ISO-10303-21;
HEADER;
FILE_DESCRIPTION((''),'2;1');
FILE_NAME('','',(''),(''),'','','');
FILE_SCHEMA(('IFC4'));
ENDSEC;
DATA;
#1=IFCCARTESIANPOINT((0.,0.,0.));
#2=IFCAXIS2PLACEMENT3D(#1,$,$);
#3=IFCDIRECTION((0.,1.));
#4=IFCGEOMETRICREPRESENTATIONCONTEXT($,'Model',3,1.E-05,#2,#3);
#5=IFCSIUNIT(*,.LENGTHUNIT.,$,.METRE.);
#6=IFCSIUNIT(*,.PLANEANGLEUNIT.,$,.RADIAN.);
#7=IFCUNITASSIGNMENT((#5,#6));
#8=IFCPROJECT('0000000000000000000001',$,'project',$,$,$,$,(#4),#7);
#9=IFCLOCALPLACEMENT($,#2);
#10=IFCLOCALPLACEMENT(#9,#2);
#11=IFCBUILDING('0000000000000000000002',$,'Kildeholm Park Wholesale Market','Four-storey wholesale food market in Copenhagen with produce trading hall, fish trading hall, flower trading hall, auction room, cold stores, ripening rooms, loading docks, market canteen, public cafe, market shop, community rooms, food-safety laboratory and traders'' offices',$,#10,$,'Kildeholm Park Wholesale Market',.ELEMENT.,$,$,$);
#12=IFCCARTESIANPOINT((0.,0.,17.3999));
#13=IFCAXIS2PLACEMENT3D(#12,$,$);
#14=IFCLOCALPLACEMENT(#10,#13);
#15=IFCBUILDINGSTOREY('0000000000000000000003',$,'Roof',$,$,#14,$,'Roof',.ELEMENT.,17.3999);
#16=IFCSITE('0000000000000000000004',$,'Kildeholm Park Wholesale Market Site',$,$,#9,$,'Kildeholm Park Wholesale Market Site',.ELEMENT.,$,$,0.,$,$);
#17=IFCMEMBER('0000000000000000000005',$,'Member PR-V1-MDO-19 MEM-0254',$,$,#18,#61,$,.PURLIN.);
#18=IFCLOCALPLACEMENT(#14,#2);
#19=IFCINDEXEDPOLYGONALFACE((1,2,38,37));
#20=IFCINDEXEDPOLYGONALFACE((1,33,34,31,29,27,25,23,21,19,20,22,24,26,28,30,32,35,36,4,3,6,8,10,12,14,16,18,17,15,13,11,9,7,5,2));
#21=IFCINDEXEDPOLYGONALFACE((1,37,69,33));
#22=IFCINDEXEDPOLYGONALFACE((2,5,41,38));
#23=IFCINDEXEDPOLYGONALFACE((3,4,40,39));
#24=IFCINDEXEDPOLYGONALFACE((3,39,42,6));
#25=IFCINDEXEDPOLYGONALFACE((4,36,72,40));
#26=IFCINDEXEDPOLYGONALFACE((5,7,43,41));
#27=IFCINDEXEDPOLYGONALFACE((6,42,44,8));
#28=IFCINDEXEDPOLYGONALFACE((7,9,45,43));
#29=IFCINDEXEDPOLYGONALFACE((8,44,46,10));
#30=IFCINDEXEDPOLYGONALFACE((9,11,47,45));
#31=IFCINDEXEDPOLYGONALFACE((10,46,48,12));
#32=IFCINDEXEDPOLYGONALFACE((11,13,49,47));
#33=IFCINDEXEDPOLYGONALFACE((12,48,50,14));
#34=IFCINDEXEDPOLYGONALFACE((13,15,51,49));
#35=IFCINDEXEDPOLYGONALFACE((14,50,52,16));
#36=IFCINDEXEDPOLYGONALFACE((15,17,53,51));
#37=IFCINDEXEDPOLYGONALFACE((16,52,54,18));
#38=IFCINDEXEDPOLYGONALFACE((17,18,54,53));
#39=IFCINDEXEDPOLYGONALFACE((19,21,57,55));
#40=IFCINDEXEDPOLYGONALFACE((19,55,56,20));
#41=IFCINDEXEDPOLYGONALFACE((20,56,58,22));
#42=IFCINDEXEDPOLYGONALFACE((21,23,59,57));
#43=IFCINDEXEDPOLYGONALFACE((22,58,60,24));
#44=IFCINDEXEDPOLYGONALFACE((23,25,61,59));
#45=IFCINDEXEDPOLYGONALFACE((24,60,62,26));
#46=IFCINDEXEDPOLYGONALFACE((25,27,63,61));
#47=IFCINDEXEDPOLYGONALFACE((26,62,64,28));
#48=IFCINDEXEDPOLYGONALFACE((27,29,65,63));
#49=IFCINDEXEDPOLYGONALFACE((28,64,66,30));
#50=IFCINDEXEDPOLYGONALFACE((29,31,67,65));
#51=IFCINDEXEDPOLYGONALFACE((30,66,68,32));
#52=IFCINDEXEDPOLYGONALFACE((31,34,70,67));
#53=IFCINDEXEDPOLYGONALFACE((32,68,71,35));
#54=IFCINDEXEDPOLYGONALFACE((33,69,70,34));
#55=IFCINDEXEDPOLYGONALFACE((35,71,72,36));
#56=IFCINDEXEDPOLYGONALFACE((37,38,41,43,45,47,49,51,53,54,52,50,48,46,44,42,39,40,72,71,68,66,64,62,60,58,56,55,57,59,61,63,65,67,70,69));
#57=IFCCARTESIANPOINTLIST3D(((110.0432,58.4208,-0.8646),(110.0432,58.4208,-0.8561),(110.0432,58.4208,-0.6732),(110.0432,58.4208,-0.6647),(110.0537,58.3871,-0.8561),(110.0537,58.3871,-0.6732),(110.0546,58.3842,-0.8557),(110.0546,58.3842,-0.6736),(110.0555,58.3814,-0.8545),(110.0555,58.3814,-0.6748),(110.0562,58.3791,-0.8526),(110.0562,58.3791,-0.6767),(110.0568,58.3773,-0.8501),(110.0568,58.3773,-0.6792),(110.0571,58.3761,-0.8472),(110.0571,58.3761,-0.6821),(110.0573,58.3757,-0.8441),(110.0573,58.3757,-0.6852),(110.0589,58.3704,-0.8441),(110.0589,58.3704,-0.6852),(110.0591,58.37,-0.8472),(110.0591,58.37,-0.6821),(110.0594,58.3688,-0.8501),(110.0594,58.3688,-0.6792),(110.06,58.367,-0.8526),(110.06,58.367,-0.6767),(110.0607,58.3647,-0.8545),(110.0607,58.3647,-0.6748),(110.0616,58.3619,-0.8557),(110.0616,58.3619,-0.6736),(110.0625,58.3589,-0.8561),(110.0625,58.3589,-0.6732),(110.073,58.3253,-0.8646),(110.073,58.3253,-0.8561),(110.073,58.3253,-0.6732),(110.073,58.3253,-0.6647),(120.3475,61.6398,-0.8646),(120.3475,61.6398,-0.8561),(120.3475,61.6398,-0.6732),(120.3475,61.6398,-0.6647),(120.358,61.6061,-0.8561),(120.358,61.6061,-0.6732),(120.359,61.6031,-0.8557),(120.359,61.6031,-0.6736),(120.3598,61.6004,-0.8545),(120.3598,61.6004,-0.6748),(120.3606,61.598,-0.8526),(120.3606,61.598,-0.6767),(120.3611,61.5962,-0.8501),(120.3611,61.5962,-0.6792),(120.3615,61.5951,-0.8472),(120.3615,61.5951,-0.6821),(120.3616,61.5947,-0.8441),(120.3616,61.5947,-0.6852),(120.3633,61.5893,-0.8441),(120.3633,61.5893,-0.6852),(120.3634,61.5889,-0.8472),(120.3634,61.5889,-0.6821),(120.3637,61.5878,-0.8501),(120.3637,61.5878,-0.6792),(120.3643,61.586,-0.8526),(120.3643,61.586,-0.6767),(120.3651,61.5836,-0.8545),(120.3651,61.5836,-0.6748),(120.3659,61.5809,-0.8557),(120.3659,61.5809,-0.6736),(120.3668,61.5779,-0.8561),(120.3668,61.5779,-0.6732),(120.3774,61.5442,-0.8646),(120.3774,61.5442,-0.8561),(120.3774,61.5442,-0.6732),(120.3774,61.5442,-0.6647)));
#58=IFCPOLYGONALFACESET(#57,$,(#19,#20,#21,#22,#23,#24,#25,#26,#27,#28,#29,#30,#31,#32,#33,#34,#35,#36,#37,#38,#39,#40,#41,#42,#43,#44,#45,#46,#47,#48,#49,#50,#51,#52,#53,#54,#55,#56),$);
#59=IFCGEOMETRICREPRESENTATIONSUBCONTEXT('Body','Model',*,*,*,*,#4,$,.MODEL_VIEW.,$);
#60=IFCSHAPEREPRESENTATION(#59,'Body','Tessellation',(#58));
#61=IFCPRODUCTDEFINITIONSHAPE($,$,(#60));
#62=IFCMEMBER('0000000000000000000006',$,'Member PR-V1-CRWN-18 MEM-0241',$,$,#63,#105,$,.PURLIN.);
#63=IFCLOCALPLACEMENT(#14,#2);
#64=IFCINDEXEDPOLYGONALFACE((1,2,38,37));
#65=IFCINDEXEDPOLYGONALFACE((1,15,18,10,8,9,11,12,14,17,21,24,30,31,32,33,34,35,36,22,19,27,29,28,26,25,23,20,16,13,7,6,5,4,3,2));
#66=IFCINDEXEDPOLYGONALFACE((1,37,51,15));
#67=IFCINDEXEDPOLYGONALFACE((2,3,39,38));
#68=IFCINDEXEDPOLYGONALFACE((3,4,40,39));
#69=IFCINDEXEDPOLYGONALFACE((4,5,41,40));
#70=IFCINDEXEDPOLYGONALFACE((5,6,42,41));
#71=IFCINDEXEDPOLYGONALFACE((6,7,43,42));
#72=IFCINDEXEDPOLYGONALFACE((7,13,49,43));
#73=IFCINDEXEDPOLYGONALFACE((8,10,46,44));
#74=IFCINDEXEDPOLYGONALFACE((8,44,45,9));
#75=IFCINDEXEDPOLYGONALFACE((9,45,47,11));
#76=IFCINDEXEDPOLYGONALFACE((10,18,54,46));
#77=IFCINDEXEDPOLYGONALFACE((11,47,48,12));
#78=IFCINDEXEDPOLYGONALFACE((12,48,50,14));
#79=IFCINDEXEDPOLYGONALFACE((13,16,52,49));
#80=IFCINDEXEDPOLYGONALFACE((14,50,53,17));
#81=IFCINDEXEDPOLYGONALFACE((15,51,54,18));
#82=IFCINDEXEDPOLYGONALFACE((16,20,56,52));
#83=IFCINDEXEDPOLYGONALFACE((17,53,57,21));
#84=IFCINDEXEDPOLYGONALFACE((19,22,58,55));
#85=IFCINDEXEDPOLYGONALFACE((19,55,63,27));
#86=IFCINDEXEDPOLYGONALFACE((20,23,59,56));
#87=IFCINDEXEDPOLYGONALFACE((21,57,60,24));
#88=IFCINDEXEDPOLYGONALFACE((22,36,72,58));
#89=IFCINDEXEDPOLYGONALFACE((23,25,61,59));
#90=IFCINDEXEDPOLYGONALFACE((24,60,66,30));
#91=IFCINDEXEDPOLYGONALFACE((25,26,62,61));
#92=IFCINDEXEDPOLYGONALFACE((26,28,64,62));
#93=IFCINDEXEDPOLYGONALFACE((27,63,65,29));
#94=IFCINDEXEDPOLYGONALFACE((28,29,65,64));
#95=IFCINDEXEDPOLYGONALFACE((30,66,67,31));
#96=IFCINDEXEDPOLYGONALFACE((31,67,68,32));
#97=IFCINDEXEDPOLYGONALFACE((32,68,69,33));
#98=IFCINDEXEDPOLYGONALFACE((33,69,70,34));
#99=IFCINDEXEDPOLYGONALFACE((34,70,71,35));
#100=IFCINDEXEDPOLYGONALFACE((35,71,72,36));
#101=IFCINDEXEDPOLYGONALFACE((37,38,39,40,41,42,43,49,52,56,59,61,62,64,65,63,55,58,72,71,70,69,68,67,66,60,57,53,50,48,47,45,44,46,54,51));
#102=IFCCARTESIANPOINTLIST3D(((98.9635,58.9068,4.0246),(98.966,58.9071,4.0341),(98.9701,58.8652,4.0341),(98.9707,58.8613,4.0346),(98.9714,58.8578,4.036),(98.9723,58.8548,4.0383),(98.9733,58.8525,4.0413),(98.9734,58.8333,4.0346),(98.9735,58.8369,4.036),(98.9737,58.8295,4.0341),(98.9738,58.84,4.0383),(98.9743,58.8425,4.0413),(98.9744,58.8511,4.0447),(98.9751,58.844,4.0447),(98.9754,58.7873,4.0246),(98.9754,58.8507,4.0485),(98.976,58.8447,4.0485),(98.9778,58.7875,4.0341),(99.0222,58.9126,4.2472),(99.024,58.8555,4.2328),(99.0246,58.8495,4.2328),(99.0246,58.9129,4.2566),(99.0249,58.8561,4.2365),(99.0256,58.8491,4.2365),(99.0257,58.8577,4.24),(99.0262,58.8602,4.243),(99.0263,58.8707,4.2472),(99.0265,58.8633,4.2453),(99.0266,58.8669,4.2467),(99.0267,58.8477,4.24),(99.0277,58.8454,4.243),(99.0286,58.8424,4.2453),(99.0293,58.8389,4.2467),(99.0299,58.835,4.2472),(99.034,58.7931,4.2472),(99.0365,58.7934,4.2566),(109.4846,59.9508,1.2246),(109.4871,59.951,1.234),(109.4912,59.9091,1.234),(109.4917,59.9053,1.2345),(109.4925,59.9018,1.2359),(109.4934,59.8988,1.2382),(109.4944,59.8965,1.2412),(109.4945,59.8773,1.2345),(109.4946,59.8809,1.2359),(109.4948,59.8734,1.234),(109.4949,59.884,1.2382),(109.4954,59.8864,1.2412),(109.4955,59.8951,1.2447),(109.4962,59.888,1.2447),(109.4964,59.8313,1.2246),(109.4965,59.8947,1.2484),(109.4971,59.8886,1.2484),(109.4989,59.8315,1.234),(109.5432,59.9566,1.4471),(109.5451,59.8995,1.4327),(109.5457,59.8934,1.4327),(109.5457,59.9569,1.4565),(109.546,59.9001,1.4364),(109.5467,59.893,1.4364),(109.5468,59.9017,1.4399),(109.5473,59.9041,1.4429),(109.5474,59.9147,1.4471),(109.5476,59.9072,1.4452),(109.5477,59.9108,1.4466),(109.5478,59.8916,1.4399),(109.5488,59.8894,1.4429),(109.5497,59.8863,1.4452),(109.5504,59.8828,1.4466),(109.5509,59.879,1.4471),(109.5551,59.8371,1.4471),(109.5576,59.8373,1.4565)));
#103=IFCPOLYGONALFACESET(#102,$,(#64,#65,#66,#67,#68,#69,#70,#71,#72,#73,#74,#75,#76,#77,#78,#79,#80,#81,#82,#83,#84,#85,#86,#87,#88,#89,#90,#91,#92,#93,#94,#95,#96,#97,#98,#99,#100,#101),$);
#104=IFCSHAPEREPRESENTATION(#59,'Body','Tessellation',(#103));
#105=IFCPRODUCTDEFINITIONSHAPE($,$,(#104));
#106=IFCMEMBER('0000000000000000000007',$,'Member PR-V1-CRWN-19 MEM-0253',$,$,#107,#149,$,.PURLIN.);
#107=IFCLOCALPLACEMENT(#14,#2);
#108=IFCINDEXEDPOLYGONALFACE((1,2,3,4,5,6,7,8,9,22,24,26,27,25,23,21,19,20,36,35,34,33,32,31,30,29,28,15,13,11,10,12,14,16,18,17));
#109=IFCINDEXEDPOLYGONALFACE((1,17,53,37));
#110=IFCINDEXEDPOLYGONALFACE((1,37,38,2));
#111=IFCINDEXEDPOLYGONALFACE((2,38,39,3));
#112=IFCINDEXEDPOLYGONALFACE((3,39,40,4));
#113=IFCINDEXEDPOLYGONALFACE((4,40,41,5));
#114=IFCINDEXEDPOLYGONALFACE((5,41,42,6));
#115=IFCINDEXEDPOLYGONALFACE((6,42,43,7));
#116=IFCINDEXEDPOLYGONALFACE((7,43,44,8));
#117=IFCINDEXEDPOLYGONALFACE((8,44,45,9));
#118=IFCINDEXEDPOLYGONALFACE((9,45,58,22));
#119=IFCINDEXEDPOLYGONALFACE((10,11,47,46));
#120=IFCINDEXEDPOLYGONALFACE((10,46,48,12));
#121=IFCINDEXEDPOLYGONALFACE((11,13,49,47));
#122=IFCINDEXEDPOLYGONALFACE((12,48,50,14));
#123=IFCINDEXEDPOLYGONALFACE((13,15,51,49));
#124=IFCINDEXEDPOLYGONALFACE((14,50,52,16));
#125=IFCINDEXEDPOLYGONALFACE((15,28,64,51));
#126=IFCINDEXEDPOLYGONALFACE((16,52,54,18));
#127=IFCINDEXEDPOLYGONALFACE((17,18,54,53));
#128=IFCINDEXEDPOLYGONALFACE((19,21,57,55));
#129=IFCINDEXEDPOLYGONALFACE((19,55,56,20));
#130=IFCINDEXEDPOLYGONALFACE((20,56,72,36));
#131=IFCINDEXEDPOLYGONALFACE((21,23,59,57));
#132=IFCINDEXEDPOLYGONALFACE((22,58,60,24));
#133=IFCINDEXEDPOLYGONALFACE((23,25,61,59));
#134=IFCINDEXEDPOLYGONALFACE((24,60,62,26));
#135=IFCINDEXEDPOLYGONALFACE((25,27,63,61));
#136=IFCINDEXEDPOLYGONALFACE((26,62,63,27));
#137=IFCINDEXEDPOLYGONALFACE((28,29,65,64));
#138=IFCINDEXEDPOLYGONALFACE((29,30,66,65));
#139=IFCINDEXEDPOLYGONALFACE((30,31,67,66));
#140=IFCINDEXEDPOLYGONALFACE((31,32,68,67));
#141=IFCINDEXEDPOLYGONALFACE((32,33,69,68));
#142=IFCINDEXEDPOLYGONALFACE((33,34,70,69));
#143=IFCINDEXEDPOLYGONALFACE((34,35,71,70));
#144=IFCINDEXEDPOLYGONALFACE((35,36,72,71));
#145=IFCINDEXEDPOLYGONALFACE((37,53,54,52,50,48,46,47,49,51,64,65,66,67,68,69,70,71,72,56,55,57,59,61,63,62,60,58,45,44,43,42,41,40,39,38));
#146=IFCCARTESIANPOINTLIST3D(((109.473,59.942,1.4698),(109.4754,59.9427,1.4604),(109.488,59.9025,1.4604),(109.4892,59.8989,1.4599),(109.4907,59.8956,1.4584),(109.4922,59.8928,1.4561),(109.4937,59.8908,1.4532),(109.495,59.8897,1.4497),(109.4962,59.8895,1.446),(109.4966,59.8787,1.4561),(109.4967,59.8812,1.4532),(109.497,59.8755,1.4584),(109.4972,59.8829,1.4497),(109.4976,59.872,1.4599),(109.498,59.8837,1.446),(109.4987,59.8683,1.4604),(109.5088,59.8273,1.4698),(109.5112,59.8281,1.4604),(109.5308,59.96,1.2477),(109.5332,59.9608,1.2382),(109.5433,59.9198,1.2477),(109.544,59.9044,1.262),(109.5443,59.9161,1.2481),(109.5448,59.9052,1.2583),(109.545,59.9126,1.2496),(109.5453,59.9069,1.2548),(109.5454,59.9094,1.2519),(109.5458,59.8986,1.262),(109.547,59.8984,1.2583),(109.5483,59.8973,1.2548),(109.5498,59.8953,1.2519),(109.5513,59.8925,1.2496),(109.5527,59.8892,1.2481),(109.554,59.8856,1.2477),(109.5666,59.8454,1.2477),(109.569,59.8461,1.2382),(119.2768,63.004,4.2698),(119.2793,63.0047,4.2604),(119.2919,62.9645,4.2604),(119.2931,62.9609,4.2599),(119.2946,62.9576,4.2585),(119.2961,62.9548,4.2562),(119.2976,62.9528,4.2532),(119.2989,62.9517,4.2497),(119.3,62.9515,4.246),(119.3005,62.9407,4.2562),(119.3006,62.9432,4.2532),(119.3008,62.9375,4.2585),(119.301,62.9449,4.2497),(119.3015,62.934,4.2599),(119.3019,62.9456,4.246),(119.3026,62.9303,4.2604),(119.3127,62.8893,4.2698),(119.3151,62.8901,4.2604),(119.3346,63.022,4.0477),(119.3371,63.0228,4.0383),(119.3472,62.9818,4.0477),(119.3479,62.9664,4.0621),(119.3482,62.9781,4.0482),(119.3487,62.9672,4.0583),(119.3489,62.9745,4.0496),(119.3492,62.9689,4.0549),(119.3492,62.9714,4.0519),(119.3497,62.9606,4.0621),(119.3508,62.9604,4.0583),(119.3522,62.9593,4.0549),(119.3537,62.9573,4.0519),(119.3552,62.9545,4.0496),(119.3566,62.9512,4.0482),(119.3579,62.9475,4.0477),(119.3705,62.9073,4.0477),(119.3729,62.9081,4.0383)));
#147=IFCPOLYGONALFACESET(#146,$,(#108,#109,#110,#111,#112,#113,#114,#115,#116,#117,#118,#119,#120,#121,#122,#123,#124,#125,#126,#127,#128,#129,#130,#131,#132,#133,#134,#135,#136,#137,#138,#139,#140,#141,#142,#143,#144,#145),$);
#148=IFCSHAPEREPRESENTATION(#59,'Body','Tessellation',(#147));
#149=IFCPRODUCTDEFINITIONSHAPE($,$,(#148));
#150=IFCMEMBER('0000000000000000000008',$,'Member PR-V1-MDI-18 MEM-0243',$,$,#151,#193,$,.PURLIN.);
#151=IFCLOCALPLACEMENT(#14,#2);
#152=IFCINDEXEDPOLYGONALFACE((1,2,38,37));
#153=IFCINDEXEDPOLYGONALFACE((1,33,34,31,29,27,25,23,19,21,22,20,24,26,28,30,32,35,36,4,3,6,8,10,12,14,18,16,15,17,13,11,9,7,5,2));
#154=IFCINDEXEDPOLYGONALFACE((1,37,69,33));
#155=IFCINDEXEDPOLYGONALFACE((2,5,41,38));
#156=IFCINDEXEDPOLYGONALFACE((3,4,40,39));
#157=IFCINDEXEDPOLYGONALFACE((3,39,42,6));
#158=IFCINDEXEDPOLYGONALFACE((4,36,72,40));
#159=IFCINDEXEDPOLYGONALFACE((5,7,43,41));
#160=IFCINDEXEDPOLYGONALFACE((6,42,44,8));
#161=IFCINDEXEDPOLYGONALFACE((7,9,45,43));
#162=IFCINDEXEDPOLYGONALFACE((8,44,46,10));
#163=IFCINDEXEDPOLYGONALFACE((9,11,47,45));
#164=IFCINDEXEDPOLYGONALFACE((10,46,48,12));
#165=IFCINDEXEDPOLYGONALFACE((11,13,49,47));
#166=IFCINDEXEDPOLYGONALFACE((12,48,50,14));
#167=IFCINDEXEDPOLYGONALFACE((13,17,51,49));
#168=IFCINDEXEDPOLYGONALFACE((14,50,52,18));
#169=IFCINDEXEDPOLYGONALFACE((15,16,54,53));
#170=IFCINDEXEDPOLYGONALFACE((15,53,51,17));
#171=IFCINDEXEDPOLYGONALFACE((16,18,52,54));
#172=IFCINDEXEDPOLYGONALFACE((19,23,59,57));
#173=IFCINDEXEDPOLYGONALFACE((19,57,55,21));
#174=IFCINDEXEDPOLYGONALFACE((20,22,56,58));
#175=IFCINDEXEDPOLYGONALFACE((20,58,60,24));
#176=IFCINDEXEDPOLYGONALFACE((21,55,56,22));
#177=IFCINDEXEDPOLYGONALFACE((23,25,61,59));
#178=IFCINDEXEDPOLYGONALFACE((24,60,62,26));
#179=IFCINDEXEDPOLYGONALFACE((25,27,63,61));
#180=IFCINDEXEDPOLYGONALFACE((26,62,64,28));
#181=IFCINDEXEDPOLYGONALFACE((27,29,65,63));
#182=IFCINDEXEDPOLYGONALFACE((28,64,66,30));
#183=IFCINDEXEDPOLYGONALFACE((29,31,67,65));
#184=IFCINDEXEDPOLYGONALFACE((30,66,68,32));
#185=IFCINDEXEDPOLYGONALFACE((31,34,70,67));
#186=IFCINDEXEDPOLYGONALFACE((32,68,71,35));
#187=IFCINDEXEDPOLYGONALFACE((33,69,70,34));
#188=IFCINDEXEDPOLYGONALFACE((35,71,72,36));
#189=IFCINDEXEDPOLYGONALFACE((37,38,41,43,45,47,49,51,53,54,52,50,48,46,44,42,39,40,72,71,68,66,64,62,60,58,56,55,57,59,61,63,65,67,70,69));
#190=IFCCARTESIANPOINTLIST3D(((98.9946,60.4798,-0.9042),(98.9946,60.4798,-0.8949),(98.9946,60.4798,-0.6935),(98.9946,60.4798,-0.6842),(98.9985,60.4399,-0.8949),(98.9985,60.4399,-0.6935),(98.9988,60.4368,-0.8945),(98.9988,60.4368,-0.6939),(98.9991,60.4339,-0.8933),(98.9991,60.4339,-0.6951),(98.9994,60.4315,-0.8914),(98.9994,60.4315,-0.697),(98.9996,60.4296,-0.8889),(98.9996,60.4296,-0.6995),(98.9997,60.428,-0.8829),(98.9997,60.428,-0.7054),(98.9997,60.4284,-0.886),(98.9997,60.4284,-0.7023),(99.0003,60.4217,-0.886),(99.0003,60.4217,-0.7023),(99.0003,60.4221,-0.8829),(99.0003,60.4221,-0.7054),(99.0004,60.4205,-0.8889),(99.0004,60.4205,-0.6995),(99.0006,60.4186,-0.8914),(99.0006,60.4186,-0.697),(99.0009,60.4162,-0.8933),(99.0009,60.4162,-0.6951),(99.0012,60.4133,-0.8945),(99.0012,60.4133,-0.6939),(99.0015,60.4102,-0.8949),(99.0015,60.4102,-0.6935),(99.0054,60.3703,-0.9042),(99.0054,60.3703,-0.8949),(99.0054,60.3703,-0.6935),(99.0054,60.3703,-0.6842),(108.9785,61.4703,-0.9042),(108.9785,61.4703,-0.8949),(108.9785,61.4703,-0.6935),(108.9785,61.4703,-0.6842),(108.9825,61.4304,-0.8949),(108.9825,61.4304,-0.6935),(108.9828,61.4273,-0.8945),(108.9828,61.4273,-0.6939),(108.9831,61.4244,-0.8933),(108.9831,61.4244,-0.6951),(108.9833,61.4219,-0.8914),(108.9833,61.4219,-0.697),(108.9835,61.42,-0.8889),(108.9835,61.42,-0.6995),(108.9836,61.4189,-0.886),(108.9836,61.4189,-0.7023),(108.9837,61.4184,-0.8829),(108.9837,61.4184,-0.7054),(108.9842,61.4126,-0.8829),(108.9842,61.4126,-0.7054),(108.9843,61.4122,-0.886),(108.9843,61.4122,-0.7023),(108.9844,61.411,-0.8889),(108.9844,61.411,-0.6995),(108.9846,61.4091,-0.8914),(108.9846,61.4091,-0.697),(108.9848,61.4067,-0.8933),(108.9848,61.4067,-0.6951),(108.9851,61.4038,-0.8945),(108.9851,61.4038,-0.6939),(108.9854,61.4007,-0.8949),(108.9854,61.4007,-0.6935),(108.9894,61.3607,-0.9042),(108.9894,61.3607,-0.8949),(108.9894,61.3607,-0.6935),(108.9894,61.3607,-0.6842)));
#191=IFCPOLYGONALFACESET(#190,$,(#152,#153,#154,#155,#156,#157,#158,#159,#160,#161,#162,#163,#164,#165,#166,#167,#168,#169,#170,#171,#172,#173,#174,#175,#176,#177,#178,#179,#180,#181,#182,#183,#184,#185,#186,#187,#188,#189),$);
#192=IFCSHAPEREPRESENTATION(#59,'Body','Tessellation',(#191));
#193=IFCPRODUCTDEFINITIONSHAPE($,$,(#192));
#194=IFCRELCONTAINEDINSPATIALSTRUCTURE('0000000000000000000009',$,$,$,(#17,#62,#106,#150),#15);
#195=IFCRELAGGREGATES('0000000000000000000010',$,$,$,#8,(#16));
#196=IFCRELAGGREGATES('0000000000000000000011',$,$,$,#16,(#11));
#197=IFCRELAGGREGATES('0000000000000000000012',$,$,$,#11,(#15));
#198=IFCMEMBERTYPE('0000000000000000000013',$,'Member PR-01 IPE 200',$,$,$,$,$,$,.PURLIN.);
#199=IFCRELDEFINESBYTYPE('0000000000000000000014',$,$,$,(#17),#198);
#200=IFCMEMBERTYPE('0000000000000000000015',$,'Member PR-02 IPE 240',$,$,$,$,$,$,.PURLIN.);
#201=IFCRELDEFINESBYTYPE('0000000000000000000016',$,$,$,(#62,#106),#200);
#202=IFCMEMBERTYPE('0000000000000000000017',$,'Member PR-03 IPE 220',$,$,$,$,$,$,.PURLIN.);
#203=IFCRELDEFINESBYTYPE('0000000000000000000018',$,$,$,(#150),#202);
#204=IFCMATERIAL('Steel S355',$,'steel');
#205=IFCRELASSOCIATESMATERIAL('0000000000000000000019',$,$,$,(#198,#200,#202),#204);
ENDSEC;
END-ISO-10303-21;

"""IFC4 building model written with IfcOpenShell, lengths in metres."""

from ifc_helpers import new_model, si_unit, direction, frame, origin, origin_2d, place, context, subcontext, project, spatial, i_section, extrude, material, material_profile, profile_set, type_object, element, save


model = new_model("IFC4")

# Units and contexts
model_context = context("Model", 3, precision=1e-05, world=origin(), true_north=direction((0.0, 1.0)))
body_context = subcontext(model_context, "Body", "Model", "MODEL_VIEW")
ifc_project = project(units=[si_unit("LENGTHUNIT", "METRE"), si_unit("PLANEANGLEUNIT", "RADIAN")], contexts=[model_context])

# Site, building, storey
site_placement = place(None, origin())
site = spatial("IfcSite", under=ifc_project, at=site_placement, Name="Kildeholm Park Wholesale Market Site", LongName="Kildeholm Park Wholesale Market Site", CompositionType="ELEMENT", RefElevation=0.0)
building_placement = place(site_placement, origin())
building = spatial("IfcBuilding", under=site, at=building_placement, Name="Kildeholm Park Wholesale Market", Description="Four-storey wholesale food market in Copenhagen with produce trading hall, fish trading hall, flower trading hall, auction room, cold stores, ripening rooms, loading docks, market canteen, public cafe, market shop, community rooms, food-safety laboratory and traders' offices", LongName="Kildeholm Park Wholesale Market", CompositionType="ELEMENT")
storey_placement = place(building_placement, frame((0.0, 0.0, 17.3999)))
storey = spatial("IfcBuildingStorey", under=building, at=storey_placement, Name="Roof", LongName="Roof", CompositionType="ELEMENT", Elevation=17.3999)

# Members
ifc_material_1 = material(Name="Steel S355", Category="steel")
ifc_material_profile_1 = material_profile(ifc_material_1, i_section(OverallWidth=0.1001, OverallDepth=0.2, WebThickness=0.0056, FlangeThickness=0.0085, FilletRadius=0.012, at=origin_2d()), Name="IPE 200")
ifc_profile_set_1 = profile_set([ifc_material_profile_1], Name="Steel S355")
member_type_1 = type_object("IfcMemberType", Name="Member PR-01 IPE 200", PredefinedType="PURLIN", material=ifc_profile_set_1)
member_1_placement = place(storey_placement, frame((110.0581, 58.373, -0.7646), z_axis=(0.95451, 0.298178, 0.0), x_axis=(-0.298178, 0.95451, 0.0)))
element("IfcMember", 1, at=member_1_placement, inside=storey, type_object=member_type_1, Name="Member PR-V1-MDO-19 MEM-0254", PredefinedType="PURLIN", context=body_context, shape_type="SweptSolid", body=[
    extrude(i_section(OverallWidth=0.1001, OverallDepth=0.2, WebThickness=0.0056, FlangeThickness=0.0085, FilletRadius=0.012, at=origin_2d()), origin(), (0.0, 0.0, 1.0), 10.7954),
])
ifc_material_profile_2 = material_profile(ifc_material_1, i_section(OverallWidth=0.1201, OverallDepth=0.24, WebThickness=0.0061, FlangeThickness=0.0098, FilletRadius=0.0149, at=origin_2d()), Name="IPE 240")
ifc_profile_set_2 = profile_set([ifc_material_profile_2], Name="Steel S355")
member_type_2 = type_object("IfcMemberType", Name="Member PR-02 IPE 240", PredefinedType="PURLIN", material=ifc_profile_set_2)
member_2_placement = place(storey_placement, frame((99.0, 58.8501, 4.1406), z_axis=(0.96195, 0.095449, -0.256012), x_axis=(-0.09874, 0.995113, 0.0)))
element("IfcMember", 2, at=member_2_placement, inside=storey, type_object=member_type_2, Name="Member PR-V1-CRWN-18 MEM-0241", PredefinedType="PURLIN", context=body_context, shape_type="SweptSolid", body=[
    extrude(i_section(OverallWidth=0.1201, OverallDepth=0.24, WebThickness=0.0061, FlangeThickness=0.0098, FilletRadius=0.0149, at=origin_2d()), origin(), (0.0, 0.0, 1.0), 10.9373),
])
member_3_placement = place(storey_placement, frame((109.521, 59.894, 1.354), z_axis=(0.92092, 0.287625, 0.263018), x_axis=(-0.298122, 0.954528, 0.0)))
element("IfcMember", 3, at=member_3_placement, inside=storey, type_object=member_type_2, Name="Member PR-V1-CRWN-19 MEM-0253", PredefinedType="PURLIN", context=body_context, shape_type="SweptSolid", body=[
    extrude(i_section(OverallWidth=0.1201, OverallDepth=0.24, WebThickness=0.0061, FlangeThickness=0.0098, FilletRadius=0.0149, at=origin_2d()), origin(), (0.0, 0.0, 1.0), 10.6458),
])
ifc_material_profile_3 = material_profile(ifc_material_1, i_section(OverallWidth=0.1101, OverallDepth=0.22, WebThickness=0.0059, FlangeThickness=0.0093, FilletRadius=0.012, at=origin_2d()), Name="IPE 220")
ifc_profile_set_3 = profile_set([ifc_material_profile_3], Name="Steel S355")
member_type_3 = type_object("IfcMemberType", Name="Member PR-03 IPE 220", PredefinedType="PURLIN", material=ifc_profile_set_3)
member_4_placement = place(storey_placement, frame((99.0, 60.425, -0.7942), z_axis=(0.995115, 0.098723, 0.0), x_axis=(-0.098723, 0.995115, 0.0)))
element("IfcMember", 4, at=member_4_placement, inside=storey, type_object=member_type_3, Name="Member PR-V1-MDI-18 MEM-0243", PredefinedType="PURLIN", context=body_context, shape_type="SweptSolid", body=[
    extrude(i_section(OverallWidth=0.1101, OverallDepth=0.22, WebThickness=0.0059, FlangeThickness=0.0093, FilletRadius=0.012, at=origin_2d()), origin(), (0.0, 0.0, 1.0), 10.033),
])

save(model, "model.ifc")
